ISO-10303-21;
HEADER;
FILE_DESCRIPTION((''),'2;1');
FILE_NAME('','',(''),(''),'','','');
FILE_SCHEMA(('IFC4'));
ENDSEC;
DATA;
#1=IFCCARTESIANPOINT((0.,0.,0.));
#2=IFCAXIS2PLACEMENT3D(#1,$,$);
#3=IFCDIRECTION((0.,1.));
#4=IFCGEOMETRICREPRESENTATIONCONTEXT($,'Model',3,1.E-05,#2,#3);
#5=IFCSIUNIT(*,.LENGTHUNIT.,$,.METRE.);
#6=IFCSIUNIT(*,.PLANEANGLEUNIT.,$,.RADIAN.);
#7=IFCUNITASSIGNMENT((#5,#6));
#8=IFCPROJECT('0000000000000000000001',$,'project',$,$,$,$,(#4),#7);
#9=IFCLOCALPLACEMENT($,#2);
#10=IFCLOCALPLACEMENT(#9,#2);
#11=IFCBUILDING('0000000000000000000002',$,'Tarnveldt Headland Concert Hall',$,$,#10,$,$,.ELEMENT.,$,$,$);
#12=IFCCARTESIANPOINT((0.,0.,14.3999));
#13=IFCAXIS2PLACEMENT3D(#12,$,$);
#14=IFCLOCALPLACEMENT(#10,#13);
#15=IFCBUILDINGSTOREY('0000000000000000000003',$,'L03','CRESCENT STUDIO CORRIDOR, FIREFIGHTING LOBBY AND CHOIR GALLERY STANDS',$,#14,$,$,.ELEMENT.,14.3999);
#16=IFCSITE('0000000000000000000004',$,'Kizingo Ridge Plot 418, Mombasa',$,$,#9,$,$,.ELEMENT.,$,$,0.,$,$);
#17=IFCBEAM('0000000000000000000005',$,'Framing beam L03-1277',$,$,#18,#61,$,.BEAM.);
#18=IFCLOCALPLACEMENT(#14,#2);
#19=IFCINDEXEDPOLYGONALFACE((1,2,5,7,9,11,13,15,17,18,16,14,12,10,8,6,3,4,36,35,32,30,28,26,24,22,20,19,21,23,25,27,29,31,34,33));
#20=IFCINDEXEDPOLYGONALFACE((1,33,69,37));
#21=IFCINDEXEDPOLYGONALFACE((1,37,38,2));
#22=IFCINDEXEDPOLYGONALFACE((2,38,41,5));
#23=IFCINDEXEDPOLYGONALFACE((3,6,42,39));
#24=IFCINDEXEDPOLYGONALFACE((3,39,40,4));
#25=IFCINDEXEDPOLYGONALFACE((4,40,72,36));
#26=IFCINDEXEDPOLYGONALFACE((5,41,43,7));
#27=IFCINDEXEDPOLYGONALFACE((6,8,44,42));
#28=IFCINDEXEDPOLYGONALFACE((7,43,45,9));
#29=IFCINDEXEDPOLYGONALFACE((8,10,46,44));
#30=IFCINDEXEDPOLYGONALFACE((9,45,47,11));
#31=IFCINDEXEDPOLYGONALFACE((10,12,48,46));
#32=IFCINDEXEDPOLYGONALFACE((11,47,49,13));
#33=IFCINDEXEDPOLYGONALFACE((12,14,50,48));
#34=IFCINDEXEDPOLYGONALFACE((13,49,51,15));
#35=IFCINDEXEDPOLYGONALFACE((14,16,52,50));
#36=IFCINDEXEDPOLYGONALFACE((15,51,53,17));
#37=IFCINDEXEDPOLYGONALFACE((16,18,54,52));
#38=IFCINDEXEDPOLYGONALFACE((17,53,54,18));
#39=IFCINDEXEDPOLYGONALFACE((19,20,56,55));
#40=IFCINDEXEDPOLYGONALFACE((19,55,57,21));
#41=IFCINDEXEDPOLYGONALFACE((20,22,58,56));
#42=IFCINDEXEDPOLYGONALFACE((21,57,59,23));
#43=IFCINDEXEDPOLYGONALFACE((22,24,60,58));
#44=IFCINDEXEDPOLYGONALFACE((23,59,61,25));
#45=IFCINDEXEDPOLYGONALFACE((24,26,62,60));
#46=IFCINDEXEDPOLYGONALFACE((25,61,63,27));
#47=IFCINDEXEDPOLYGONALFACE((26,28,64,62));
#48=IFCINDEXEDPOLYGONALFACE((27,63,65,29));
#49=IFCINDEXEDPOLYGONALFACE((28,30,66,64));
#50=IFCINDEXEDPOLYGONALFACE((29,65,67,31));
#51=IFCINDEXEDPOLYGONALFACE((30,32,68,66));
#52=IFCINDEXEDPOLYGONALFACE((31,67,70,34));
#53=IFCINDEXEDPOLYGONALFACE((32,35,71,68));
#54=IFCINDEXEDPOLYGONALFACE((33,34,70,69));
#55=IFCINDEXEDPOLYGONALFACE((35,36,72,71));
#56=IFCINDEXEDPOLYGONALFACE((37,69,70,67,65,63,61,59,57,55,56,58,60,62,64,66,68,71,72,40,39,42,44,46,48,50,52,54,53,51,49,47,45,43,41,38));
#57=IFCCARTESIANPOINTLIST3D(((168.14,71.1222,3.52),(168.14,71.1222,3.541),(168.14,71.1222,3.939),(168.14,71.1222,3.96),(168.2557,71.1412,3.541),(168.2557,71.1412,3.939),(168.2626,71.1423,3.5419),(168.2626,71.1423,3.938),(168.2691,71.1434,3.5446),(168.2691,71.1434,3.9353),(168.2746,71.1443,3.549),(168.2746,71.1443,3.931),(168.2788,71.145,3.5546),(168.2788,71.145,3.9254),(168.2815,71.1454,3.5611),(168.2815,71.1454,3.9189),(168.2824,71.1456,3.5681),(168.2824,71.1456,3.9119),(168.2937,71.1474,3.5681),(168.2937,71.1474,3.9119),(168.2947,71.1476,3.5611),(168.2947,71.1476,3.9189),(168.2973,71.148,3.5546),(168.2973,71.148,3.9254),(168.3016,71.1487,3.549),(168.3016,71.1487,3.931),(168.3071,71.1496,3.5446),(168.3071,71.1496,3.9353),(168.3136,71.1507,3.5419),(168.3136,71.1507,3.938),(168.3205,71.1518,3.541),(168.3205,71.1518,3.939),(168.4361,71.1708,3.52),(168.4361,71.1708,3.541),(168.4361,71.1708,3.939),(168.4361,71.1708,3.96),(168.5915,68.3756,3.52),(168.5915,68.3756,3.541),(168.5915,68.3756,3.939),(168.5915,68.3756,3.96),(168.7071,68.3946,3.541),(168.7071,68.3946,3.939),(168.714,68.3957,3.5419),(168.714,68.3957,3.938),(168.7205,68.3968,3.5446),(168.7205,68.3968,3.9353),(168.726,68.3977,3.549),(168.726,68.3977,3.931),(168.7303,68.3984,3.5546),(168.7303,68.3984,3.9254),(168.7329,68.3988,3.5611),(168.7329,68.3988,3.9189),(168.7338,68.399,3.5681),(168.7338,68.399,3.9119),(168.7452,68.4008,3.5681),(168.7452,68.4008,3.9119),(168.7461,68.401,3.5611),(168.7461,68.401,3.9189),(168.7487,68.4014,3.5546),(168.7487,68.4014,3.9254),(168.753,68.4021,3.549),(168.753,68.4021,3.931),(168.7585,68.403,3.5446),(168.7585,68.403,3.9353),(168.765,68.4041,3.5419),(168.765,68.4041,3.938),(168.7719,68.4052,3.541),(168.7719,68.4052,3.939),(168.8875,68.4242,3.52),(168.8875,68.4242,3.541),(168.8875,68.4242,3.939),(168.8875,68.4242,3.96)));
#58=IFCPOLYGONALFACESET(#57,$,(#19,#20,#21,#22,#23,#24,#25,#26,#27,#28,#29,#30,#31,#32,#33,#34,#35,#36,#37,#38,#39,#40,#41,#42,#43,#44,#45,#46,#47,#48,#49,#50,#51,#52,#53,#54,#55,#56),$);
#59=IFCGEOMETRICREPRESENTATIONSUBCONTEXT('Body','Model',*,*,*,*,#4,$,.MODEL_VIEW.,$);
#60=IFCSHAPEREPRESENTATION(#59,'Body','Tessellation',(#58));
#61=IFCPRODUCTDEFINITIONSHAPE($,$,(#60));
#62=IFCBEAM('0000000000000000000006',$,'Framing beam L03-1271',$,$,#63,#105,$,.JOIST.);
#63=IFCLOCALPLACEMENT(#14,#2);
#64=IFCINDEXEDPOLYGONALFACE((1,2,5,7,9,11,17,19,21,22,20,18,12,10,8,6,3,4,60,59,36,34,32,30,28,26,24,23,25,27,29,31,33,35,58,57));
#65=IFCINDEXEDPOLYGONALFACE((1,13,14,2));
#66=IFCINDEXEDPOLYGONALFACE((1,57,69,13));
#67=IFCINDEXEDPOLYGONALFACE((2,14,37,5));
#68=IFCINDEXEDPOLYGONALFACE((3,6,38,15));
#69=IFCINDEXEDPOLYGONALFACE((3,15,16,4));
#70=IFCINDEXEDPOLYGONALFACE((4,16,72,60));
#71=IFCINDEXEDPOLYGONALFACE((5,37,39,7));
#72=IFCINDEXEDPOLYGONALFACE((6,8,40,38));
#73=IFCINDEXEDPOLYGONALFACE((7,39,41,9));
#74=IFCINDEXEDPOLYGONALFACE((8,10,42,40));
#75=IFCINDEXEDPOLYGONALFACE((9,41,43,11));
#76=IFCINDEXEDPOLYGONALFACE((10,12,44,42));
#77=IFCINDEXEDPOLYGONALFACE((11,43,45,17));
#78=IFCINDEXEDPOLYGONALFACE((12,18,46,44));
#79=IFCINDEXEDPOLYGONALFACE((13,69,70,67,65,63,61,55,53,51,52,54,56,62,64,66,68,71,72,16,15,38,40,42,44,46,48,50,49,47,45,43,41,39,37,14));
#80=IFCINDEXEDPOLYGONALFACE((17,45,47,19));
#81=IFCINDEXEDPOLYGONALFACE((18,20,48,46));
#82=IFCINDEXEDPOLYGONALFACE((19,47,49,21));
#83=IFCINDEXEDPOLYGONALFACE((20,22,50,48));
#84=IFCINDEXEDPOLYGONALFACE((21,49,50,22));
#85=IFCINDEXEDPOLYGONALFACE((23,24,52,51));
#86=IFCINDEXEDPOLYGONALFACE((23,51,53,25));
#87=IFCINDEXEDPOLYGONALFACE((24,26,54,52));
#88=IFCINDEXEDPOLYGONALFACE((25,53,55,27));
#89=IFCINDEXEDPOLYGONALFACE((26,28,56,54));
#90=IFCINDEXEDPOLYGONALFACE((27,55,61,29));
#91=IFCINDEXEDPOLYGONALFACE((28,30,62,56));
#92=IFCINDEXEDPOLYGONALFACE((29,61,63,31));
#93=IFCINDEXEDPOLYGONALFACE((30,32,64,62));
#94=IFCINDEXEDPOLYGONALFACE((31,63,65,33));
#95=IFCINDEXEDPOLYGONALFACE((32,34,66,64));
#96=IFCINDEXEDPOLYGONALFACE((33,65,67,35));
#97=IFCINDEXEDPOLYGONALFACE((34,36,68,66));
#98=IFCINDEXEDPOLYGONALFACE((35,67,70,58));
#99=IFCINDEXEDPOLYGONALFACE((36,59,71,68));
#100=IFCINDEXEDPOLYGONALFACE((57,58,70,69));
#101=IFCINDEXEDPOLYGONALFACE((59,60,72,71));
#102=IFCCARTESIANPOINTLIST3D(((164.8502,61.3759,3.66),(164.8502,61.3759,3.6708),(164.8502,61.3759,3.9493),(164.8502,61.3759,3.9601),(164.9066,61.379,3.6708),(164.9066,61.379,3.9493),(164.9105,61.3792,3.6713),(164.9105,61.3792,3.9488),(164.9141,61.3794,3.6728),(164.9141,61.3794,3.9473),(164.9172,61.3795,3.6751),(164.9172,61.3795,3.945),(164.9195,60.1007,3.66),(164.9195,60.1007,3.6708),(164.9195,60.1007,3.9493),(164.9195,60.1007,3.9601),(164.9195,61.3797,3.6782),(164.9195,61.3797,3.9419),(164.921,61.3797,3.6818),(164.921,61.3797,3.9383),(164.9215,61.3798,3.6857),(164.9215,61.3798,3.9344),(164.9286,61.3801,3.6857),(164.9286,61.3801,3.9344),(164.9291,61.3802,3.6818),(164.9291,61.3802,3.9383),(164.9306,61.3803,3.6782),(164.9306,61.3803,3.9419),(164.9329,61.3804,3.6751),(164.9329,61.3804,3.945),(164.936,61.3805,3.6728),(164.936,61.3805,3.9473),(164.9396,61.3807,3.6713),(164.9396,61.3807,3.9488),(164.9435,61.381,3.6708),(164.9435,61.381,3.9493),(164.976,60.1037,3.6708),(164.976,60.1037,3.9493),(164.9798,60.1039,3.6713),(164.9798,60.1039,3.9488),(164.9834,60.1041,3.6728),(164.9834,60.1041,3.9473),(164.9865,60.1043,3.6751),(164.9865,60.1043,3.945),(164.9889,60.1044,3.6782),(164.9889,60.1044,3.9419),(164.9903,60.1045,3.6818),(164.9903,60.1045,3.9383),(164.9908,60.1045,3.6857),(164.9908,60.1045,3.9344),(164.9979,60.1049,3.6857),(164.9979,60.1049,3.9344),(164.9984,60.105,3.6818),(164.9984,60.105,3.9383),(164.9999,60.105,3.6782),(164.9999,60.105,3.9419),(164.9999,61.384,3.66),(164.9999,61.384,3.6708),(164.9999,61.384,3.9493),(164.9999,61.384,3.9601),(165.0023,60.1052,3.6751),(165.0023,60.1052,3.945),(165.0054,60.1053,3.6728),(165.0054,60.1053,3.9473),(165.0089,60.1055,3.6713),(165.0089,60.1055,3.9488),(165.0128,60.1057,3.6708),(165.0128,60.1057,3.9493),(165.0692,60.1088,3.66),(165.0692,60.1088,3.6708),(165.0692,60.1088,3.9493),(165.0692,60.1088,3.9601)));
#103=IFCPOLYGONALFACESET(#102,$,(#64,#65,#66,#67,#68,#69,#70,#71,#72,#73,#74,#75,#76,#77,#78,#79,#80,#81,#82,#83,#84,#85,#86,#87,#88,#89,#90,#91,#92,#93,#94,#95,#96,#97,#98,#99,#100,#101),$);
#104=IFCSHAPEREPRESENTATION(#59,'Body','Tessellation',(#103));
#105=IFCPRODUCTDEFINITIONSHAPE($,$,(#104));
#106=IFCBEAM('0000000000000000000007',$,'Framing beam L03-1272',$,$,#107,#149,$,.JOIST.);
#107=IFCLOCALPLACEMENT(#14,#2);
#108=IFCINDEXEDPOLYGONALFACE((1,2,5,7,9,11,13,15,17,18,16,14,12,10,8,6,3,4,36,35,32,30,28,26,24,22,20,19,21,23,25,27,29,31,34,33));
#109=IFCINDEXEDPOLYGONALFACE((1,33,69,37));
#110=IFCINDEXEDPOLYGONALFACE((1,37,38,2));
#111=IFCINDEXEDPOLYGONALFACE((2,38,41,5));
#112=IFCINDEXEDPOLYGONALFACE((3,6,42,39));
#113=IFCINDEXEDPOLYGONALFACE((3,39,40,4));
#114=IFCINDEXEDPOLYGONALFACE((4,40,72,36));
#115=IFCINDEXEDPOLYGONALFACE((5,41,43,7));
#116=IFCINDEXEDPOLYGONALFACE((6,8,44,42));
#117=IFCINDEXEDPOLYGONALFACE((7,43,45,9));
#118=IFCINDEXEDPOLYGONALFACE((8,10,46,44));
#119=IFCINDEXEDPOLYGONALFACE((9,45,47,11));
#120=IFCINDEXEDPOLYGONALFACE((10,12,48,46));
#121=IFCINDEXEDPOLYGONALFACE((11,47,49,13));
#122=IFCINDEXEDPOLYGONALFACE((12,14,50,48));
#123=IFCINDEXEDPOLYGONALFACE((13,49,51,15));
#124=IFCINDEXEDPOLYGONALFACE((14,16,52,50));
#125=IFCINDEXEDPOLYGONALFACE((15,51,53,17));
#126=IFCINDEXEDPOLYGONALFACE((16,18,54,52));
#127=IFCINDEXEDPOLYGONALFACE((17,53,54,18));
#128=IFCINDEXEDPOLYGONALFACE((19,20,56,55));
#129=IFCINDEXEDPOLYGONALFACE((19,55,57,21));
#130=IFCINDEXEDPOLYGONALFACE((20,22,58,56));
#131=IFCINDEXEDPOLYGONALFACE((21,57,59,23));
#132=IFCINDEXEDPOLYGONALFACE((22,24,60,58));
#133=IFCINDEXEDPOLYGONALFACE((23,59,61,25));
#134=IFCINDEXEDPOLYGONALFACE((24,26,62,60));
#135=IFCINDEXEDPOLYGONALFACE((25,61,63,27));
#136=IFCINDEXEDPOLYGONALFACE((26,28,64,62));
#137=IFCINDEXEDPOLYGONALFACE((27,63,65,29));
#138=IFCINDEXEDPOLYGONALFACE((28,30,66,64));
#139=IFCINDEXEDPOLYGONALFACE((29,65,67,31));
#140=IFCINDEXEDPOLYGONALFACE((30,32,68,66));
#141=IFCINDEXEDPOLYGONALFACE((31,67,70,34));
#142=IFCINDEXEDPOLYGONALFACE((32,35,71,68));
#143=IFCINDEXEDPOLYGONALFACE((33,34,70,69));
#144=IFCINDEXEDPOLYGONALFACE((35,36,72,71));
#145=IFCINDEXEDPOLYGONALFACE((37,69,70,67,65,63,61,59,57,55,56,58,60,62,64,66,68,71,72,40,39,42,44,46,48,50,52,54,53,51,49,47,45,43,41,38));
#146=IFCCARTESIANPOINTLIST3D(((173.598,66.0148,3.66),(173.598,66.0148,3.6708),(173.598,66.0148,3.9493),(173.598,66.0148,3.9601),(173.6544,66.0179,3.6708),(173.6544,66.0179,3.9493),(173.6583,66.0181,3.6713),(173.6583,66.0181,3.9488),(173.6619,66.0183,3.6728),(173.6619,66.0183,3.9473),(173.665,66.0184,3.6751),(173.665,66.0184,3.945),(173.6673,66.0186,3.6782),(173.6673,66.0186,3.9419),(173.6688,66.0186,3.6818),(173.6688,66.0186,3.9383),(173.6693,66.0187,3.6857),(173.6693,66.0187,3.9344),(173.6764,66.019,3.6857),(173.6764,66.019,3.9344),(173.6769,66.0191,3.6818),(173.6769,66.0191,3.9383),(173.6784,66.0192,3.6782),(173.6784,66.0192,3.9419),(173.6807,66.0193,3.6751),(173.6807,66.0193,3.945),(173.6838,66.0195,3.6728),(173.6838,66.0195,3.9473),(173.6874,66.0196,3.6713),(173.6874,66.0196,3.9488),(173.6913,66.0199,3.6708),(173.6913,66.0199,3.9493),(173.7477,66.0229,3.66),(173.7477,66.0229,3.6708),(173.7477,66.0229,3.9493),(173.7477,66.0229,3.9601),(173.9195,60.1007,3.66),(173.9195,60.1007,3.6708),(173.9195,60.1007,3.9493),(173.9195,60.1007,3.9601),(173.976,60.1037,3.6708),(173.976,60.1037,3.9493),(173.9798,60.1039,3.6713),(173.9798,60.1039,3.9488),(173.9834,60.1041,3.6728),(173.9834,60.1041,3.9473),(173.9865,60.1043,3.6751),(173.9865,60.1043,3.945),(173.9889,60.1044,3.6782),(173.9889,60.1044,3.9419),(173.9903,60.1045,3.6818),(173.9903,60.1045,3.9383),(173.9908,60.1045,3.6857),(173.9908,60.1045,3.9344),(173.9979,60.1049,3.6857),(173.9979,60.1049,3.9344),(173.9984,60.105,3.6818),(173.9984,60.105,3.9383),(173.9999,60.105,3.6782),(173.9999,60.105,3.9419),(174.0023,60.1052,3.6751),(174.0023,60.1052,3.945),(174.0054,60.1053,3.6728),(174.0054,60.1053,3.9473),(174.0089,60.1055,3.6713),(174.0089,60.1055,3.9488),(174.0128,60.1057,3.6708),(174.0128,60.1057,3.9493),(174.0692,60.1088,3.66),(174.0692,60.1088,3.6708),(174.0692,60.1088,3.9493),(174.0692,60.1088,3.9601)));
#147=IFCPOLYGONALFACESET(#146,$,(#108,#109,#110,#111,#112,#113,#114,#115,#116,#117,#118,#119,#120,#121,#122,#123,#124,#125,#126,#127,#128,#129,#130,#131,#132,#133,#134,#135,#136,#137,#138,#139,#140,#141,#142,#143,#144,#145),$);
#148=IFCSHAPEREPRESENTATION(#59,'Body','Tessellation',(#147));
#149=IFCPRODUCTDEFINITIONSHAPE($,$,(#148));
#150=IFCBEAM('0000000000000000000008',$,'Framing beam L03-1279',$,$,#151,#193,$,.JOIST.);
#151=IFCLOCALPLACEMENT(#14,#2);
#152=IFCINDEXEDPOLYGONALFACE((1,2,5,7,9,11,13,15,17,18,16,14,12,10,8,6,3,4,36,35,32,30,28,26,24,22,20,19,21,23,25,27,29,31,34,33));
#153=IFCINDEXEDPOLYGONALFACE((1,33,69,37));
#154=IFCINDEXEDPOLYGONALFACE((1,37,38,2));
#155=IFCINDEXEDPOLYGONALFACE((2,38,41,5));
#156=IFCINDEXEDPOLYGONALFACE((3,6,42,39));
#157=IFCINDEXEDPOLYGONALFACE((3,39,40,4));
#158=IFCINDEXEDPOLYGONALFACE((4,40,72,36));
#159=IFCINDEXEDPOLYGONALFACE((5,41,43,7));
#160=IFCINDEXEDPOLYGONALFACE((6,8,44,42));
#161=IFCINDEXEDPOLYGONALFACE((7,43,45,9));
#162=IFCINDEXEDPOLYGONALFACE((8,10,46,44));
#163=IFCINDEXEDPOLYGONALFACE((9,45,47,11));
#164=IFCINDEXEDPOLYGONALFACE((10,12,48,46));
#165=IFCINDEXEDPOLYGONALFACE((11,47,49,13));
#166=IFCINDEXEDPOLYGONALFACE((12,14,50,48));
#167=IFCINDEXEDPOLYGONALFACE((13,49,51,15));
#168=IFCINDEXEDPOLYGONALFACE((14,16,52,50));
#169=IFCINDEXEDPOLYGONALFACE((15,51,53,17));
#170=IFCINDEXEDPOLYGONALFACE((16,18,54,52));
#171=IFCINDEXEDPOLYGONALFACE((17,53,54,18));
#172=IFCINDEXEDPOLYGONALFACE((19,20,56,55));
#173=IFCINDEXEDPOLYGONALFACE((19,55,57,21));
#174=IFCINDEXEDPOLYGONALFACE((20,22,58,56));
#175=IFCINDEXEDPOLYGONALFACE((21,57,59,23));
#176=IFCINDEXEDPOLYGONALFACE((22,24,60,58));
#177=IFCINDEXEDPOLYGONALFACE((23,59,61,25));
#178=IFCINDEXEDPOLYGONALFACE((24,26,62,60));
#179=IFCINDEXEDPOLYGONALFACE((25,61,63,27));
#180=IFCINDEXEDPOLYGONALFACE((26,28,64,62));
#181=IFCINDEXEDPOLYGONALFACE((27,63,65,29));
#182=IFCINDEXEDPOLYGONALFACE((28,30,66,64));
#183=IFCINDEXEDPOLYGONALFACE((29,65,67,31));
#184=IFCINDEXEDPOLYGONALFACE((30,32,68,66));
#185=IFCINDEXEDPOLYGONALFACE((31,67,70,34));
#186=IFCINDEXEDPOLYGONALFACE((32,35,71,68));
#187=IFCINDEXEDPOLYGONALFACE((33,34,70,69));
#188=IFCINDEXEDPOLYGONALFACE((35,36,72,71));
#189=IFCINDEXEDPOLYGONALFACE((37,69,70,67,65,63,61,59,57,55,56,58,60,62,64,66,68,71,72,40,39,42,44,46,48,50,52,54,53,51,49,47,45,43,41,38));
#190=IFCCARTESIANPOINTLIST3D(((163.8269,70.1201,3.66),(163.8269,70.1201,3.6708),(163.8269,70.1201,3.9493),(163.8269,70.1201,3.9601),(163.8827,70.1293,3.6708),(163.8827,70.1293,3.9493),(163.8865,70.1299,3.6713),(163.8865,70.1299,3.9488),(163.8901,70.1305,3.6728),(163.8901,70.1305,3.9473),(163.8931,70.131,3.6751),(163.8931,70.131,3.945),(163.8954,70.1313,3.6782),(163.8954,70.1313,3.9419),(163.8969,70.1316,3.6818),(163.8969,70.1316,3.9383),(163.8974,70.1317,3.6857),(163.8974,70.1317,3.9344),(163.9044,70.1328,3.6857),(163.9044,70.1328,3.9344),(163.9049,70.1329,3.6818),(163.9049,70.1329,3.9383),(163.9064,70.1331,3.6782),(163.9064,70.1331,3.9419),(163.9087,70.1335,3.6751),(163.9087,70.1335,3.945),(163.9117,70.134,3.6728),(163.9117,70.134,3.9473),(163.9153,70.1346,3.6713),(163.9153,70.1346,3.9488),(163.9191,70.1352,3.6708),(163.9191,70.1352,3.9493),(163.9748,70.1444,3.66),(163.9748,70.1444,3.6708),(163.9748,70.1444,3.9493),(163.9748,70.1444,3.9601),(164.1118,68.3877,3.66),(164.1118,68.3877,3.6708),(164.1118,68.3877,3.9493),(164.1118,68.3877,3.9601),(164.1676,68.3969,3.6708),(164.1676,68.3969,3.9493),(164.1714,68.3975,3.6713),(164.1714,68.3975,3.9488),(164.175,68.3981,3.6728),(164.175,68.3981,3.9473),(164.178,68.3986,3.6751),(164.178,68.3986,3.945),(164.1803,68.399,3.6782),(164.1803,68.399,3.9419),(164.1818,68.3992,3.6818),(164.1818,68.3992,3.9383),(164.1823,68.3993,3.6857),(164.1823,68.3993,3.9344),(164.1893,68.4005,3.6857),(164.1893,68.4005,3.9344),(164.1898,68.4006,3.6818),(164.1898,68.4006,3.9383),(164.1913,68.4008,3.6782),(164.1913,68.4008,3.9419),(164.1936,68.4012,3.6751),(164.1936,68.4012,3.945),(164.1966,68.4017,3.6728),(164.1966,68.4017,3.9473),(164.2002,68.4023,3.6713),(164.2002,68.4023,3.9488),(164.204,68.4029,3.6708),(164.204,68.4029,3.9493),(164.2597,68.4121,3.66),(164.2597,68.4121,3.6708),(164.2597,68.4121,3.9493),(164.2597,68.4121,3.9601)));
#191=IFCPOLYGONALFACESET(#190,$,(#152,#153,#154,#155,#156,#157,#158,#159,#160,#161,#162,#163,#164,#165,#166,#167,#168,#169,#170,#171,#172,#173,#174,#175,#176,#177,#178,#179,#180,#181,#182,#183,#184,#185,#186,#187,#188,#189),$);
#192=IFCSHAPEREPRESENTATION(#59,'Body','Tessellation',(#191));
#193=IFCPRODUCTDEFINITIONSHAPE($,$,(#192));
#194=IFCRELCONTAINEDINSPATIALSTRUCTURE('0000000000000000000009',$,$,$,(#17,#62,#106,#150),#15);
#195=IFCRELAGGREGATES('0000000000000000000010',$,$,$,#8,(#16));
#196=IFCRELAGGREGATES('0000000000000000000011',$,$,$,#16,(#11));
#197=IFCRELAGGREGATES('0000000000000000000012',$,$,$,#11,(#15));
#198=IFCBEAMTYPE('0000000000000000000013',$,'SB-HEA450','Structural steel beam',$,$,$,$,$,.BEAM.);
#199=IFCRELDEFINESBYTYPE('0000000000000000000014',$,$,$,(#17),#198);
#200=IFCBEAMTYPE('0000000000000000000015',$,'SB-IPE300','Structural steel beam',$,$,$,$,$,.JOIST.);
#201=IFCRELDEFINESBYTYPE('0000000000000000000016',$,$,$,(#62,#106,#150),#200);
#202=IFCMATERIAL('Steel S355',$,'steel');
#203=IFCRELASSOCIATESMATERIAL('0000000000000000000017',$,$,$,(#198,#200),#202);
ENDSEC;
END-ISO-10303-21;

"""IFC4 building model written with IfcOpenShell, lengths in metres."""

from ifc_helpers import new_model, si_unit, direction, frame, origin, origin_2d, place, context, subcontext, project, spatial, i_section, extrude, material, material_profile, profile_set, type_object, element, save


model = new_model("IFC4")

# Units and contexts
model_context = context("Model", 3, precision=1e-05, world=origin(), true_north=direction((0.0, 1.0)))
body_context = subcontext(model_context, "Body", "Model", "MODEL_VIEW")
ifc_project = project(units=[si_unit("LENGTHUNIT", "METRE"), si_unit("PLANEANGLEUNIT", "RADIAN")], contexts=[model_context])

# Site, building, storey
site_placement = place(None, origin())
site = spatial("IfcSite", under=ifc_project, at=site_placement, Name="Kizingo Ridge Plot 418, Mombasa", CompositionType="ELEMENT", RefElevation=0.0)
building_placement = place(site_placement, origin())
building = spatial("IfcBuilding", under=site, at=building_placement, Name="Tarnveldt Headland Concert Hall", CompositionType="ELEMENT")
storey_placement = place(building_placement, frame((0.0, 0.0, 14.3999)))
storey = spatial("IfcBuildingStorey", under=building, at=storey_placement, Name="L03", Description="CRESCENT STUDIO CORRIDOR, FIREFIGHTING LOBBY AND CHOIR GALLERY STANDS", CompositionType="ELEMENT", Elevation=14.3999)

# Shared definitions
ifc_material_1 = material(Name="Steel S355", Category="steel")

# Beams
ifc_material_profile_1 = material_profile(ifc_material_1, i_section(OverallWidth=0.3, OverallDepth=0.4399, WebThickness=0.0115, FlangeThickness=0.021, FilletRadius=0.0271, at=origin_2d()), Name="HEA450", Category="steel")
ifc_profile_set_1 = profile_set([ifc_material_profile_1], Name="Steel S355")
beam_type_1 = type_object("IfcBeamType", Name="SB-HEA450", Description="Structural steel beam", PredefinedType="BEAM", material=ifc_profile_set_1)
beam_1_placement = place(storey_placement, frame((168.7395, 68.3999, 3.74), z_axis=(-0.16218, 0.986761, 0.0), x_axis=(-0.986761, -0.16218, 0.0)))
element("IfcBeam", 1, at=beam_1_placement, inside=storey, type_object=beam_type_1, Name="Framing beam L03-1277", PredefinedType="BEAM", context=body_context, shape_type="SweptSolid", body=[
    extrude(i_section(OverallWidth=0.3, OverallDepth=0.4399, WebThickness=0.0115, FlangeThickness=0.021, FilletRadius=0.0271, at=origin_2d()), origin(), (0.0, 0.0, 1.0), 2.7834),
])
ifc_material_profile_2 = material_profile(ifc_material_1, i_section(OverallWidth=0.1499, OverallDepth=0.3, WebThickness=0.0071, FlangeThickness=0.0107, FilletRadius=0.0149, at=origin_2d()), Name="IPE300", Category="steel")
ifc_profile_set_2 = profile_set([ifc_material_profile_2], Name="Steel S355")
beam_type_2 = type_object("IfcBeamType", Name="SB-IPE300", Description="Structural steel beam", PredefinedType="JOIST", material=ifc_profile_set_2)
beam_2_placement = place(storey_placement, frame((164.9944, 60.1047, 3.8101), z_axis=(-0.054295, 0.998525, 0.0), x_axis=(-0.998525, -0.054295, 0.0)))
element("IfcBeam", 2, at=beam_2_placement, inside=storey, type_object=beam_type_2, Name="Framing beam L03-1271", PredefinedType="JOIST", context=body_context, shape_type="SweptSolid", body=[
    extrude(i_section(OverallWidth=0.1499, OverallDepth=0.3, WebThickness=0.0071, FlangeThickness=0.0107, FilletRadius=0.0149, at=origin_2d()), origin(), (0.0, 0.0, 1.0), 1.2771),
])
beam_3_placement = place(storey_placement, frame((173.9944, 60.1047, 3.8101), z_axis=(-0.054287, 0.998525, 0.0), x_axis=(-0.998525, -0.054287, 0.0)))
element("IfcBeam", 3, at=beam_3_placement, inside=storey, type_object=beam_type_2, Name="Framing beam L03-1272", PredefinedType="JOIST", context=body_context, shape_type="SweptSolid", body=[
    extrude(i_section(OverallWidth=0.1499, OverallDepth=0.3, WebThickness=0.0071, FlangeThickness=0.0107, FilletRadius=0.0149, at=origin_2d()), origin(), (0.0, 0.0, 1.0), 5.9229),
])
beam_4_placement = place(storey_placement, frame((164.1858, 68.3999, 3.8101), z_axis=(-0.162279, 0.986745, 0.0), x_axis=(-0.986745, -0.162279, 0.0)))
element("IfcBeam", 4, at=beam_4_placement, inside=storey, type_object=beam_type_2, Name="Framing beam L03-1279", PredefinedType="JOIST", context=body_context, shape_type="SweptSolid", body=[
    extrude(i_section(OverallWidth=0.1499, OverallDepth=0.3, WebThickness=0.0071, FlangeThickness=0.0107, FilletRadius=0.0149, at=origin_2d()), origin(), (0.0, 0.0, 1.0), 1.7556),
])

save(model, "model.ifc")
